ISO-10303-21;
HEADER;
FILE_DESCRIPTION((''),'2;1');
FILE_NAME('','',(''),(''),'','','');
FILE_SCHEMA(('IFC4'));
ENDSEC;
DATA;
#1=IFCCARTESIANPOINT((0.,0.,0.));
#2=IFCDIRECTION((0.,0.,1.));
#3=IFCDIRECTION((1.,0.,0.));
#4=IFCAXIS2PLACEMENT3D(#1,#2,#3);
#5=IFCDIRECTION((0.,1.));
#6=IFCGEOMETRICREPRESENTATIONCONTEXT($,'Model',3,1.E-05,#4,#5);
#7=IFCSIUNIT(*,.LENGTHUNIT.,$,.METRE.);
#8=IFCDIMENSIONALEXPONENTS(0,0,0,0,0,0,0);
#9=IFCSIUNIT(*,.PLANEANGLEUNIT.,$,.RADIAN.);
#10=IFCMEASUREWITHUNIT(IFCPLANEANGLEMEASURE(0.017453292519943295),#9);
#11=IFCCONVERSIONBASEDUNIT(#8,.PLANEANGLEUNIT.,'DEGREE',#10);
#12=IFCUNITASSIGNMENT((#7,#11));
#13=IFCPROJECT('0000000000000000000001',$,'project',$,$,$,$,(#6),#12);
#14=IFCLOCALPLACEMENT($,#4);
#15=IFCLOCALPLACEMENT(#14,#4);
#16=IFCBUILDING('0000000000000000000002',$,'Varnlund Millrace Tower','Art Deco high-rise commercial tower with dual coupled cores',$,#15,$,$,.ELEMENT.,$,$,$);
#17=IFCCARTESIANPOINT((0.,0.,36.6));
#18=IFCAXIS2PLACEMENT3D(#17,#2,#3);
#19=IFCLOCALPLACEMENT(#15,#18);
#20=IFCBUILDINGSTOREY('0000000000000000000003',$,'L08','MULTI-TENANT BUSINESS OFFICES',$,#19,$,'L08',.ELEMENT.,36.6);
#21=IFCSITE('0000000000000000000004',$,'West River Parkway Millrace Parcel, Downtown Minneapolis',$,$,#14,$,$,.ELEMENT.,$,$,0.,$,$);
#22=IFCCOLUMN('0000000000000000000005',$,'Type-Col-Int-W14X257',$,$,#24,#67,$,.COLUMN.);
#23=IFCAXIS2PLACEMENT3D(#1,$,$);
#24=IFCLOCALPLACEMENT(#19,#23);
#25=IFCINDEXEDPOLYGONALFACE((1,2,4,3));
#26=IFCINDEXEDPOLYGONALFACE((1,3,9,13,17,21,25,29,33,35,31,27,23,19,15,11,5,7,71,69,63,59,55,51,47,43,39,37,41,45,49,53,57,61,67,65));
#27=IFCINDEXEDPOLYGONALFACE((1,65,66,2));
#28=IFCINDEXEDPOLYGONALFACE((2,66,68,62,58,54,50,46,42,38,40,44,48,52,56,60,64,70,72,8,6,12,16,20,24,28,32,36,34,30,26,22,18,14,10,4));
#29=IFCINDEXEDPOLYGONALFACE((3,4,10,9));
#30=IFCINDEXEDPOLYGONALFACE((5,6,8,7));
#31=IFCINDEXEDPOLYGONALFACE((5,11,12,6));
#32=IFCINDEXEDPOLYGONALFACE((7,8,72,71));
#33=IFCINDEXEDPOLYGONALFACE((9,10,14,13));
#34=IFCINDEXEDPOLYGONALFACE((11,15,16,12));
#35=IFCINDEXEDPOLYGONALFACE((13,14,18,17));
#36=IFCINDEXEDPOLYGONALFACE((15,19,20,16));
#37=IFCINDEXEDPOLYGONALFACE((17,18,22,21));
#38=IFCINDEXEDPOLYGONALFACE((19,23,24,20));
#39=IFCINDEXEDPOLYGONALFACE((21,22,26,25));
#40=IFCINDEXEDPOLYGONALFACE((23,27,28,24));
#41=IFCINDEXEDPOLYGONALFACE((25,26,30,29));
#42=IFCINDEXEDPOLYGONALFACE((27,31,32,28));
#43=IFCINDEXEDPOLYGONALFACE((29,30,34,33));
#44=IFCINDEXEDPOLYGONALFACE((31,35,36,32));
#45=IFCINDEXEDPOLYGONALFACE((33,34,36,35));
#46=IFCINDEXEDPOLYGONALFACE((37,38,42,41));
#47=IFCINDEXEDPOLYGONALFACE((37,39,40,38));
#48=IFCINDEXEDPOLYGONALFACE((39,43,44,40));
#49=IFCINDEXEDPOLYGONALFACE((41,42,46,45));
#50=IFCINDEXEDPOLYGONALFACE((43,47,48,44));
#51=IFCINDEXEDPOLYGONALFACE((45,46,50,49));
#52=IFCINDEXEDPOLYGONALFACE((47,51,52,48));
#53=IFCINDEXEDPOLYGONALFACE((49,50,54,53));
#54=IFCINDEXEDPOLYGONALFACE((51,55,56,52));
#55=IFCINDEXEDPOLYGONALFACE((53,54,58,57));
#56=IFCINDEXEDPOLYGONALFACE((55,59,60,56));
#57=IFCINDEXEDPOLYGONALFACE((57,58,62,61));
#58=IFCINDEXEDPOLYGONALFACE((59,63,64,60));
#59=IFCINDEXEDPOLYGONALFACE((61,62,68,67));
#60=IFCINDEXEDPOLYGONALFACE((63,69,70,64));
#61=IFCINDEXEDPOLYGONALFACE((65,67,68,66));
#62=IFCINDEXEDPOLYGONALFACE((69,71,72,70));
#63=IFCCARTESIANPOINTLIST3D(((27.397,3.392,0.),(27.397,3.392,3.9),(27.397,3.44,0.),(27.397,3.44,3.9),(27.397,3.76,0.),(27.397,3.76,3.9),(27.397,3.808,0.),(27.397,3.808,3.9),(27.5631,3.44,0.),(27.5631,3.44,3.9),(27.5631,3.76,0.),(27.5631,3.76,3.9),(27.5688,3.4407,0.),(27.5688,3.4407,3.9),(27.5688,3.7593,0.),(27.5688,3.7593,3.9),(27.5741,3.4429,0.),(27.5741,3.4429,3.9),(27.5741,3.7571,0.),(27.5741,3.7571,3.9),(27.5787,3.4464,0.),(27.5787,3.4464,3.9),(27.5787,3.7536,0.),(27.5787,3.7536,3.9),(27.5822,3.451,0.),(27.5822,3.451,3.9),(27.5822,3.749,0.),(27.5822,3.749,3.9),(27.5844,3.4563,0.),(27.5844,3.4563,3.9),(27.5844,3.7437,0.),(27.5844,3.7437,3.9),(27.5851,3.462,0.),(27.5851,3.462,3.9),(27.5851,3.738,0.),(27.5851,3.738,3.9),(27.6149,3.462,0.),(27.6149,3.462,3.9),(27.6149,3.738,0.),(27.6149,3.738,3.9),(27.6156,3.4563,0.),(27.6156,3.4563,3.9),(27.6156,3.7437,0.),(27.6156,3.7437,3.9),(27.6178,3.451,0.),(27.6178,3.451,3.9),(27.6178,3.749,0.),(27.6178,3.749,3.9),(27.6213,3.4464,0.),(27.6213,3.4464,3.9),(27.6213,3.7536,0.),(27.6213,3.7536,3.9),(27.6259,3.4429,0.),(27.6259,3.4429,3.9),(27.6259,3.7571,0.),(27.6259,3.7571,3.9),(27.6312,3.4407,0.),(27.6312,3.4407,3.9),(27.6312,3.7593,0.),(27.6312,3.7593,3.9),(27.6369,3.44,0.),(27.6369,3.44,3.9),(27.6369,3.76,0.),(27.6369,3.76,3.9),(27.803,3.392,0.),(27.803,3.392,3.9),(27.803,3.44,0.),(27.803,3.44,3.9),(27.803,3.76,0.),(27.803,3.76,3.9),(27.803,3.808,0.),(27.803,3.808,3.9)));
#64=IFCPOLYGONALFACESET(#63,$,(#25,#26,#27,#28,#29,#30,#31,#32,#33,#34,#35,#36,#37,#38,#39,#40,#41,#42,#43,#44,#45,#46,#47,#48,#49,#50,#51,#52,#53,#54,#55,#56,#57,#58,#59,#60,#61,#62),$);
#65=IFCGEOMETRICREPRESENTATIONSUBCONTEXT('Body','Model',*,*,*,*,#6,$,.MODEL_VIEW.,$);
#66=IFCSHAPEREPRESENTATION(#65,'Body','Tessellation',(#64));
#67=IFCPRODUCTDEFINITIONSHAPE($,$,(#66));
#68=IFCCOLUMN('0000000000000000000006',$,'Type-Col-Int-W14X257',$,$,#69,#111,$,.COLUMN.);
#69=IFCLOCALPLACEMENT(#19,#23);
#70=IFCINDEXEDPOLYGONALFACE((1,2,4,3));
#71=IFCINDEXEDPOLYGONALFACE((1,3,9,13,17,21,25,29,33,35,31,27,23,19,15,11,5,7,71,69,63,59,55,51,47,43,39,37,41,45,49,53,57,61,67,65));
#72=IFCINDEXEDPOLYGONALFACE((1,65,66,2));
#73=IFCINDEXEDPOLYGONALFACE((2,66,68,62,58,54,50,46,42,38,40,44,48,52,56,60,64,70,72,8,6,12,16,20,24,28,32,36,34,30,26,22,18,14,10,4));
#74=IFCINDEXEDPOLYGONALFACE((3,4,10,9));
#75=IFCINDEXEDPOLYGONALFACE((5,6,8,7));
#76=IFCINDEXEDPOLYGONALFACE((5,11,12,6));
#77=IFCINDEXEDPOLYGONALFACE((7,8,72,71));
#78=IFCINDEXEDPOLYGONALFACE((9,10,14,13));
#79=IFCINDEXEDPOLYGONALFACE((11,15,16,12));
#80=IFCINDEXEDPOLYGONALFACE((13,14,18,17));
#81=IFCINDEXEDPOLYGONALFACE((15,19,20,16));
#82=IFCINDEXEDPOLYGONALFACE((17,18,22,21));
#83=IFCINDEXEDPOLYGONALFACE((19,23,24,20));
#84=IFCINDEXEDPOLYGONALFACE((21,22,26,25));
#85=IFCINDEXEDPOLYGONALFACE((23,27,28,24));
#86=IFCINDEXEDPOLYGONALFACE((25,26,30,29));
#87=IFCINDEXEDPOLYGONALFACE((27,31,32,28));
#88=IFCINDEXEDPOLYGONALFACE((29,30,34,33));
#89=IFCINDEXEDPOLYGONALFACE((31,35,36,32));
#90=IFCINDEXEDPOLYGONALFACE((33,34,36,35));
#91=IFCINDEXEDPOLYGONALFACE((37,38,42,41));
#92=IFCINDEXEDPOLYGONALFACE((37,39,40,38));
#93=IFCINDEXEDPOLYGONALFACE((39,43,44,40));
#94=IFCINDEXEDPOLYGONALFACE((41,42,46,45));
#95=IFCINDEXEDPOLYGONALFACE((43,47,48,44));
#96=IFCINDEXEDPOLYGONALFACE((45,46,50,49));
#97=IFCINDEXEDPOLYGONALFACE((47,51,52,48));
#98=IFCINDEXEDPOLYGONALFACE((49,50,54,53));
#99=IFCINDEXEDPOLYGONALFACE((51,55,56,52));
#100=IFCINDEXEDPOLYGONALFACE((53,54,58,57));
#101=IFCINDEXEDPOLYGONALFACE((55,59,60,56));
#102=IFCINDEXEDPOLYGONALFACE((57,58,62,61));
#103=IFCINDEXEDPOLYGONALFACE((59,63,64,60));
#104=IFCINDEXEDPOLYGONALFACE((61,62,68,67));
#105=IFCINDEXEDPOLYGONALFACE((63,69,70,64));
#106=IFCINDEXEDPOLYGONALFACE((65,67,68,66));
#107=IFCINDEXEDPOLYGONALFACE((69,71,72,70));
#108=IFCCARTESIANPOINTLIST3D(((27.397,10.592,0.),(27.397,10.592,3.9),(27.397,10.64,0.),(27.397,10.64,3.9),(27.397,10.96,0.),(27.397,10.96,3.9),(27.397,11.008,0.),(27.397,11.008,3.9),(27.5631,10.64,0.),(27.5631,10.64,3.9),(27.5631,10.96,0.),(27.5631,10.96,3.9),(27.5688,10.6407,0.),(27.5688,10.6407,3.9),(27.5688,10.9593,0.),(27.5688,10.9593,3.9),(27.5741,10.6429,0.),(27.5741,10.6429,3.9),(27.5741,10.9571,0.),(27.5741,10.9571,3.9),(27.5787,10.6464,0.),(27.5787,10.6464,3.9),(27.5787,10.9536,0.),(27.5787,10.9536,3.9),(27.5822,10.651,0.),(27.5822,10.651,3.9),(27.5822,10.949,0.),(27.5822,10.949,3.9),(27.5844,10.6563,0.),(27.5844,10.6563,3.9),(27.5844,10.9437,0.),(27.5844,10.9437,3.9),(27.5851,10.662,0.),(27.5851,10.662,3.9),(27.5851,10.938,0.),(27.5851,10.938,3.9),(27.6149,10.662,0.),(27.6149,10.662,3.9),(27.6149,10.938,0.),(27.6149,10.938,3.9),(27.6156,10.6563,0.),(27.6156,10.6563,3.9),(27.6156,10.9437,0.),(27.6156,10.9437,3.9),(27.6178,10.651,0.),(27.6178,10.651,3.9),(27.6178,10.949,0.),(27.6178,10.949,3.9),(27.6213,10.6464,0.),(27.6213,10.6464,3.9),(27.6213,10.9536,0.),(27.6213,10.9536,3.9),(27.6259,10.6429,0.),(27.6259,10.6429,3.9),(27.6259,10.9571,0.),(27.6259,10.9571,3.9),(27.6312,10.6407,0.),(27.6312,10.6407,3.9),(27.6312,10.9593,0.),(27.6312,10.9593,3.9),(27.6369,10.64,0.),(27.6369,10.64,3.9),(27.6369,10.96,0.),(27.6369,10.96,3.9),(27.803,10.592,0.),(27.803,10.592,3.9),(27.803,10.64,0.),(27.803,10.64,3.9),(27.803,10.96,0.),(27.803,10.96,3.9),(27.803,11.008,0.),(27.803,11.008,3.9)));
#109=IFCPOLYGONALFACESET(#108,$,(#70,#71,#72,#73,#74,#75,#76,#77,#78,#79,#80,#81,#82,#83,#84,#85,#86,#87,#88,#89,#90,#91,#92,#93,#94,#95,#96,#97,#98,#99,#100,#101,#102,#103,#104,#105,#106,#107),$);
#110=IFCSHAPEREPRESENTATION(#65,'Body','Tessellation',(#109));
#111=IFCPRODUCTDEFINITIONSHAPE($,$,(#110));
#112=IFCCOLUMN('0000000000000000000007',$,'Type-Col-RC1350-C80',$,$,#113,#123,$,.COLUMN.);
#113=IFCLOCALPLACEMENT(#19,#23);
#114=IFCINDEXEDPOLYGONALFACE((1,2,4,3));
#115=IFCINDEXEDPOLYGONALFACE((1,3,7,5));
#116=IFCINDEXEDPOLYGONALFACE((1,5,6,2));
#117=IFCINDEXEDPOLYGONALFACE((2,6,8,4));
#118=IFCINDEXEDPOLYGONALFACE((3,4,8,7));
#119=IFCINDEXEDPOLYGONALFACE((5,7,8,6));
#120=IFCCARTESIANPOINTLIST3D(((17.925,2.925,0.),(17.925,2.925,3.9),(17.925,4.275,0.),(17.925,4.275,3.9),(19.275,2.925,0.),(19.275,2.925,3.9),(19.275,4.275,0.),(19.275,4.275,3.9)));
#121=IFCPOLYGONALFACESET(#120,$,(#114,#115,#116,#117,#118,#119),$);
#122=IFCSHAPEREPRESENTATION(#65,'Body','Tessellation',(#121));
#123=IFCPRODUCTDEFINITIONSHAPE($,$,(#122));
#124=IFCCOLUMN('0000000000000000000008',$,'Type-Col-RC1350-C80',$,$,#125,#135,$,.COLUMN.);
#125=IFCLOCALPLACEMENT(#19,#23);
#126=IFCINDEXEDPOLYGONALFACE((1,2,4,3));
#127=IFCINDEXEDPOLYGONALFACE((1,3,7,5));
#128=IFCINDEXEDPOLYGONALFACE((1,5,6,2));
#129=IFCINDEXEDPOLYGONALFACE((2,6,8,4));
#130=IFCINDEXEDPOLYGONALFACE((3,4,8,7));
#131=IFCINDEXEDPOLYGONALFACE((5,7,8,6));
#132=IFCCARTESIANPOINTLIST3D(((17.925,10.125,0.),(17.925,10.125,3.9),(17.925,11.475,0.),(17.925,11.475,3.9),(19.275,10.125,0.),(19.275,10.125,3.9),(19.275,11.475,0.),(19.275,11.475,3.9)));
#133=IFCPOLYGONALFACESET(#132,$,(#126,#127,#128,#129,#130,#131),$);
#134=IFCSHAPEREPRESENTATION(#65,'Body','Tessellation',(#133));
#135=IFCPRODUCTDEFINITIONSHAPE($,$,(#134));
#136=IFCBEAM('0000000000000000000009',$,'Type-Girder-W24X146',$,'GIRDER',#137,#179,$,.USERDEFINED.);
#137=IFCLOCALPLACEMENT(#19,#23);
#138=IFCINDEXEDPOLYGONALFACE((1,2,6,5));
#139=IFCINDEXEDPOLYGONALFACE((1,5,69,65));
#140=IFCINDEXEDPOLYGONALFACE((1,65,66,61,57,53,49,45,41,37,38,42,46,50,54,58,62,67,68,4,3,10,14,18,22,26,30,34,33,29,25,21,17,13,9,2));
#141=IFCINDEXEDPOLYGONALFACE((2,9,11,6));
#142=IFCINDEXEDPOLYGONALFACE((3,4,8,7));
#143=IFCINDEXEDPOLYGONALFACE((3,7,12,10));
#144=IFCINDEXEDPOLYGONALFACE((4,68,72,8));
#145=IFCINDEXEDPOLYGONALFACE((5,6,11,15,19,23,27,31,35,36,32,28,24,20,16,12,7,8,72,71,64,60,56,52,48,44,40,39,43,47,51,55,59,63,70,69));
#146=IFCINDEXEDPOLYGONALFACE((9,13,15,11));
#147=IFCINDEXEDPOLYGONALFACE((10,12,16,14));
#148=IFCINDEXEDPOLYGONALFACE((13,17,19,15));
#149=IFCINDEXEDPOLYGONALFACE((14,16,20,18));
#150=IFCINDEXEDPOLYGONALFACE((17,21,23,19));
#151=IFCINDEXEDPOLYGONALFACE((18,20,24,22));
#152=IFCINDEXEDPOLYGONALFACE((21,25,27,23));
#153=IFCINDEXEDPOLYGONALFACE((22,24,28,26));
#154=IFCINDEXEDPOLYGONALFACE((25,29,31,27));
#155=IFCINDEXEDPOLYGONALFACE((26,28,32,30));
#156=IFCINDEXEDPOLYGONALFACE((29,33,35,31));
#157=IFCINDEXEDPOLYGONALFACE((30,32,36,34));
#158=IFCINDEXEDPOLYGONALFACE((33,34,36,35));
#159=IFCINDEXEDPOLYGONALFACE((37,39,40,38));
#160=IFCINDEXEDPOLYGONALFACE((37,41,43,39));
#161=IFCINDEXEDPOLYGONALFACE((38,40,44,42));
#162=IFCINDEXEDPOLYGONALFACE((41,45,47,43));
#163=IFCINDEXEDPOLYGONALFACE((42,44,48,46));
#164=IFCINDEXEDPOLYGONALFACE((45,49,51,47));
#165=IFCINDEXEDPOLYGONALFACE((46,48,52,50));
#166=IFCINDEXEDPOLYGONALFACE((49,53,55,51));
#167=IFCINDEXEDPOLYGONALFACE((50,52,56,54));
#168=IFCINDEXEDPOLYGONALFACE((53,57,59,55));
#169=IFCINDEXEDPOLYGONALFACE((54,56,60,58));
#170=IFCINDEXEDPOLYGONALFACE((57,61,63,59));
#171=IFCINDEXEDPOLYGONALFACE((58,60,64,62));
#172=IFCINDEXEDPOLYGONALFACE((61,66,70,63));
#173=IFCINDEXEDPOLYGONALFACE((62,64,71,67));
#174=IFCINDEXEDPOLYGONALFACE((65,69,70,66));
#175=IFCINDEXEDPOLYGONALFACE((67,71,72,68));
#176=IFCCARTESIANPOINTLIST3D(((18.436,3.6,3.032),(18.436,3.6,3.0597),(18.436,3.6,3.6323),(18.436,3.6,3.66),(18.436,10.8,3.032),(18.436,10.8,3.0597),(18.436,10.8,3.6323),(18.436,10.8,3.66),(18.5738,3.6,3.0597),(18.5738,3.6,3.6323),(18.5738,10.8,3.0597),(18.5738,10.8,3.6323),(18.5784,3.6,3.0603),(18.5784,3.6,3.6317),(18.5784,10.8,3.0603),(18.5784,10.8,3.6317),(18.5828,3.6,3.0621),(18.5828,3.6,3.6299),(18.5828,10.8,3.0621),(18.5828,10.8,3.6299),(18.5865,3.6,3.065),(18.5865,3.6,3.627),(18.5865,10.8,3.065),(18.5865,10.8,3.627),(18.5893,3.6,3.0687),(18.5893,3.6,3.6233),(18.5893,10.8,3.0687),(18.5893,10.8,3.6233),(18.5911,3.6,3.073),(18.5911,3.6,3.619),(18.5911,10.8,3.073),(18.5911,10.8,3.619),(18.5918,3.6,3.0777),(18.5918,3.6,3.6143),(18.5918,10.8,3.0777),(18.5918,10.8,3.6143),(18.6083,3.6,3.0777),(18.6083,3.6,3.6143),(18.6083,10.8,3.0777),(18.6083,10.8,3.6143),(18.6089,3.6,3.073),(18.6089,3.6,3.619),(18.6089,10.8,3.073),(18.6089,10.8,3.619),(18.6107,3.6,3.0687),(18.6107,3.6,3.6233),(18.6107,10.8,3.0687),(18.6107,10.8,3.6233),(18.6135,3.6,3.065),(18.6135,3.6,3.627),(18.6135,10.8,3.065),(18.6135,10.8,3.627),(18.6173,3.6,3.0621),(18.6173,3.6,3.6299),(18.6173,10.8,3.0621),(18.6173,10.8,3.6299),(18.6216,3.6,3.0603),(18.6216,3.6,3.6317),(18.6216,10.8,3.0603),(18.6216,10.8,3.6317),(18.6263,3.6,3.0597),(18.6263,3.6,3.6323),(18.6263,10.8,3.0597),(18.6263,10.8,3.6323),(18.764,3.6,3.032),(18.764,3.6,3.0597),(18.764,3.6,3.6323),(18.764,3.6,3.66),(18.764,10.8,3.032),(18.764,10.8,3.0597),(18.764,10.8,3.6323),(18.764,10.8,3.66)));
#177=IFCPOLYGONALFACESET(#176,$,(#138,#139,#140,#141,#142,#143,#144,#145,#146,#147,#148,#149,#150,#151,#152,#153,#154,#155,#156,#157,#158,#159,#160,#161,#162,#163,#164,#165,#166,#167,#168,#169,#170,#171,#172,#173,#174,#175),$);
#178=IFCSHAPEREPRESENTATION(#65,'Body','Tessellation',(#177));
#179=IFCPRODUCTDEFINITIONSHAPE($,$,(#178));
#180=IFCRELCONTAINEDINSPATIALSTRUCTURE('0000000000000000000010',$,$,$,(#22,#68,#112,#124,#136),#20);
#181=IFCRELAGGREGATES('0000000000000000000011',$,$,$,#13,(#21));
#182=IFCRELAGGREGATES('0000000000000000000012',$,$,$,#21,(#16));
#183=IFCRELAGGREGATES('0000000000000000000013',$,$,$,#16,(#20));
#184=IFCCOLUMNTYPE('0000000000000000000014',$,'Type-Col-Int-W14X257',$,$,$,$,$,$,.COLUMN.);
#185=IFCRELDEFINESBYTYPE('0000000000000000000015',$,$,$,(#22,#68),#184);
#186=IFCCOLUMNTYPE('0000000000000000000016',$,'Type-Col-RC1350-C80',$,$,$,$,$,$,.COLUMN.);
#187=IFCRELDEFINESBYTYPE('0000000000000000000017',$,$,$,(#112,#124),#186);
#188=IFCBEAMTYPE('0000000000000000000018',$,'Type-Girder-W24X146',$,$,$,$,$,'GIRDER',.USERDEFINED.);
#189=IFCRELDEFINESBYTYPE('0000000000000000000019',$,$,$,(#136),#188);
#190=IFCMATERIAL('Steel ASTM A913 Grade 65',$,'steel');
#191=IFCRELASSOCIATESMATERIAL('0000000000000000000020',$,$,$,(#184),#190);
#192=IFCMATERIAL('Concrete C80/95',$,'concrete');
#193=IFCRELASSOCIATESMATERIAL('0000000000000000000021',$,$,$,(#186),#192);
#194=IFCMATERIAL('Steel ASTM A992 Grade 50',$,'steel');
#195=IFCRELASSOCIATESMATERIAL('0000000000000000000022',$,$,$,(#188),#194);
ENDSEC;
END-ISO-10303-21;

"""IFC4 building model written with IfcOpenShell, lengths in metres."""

from ifc_helpers import new_model, entity, si_unit, converted_unit, direction, frame, origin_with_axes, origin_2d_with_axis, place, context, subcontext, project, spatial, rectangle, i_section, extrude, material, material_profile, profile_set, type_object, element, save


model = new_model("IFC4")

# Units and contexts
model_context = context("Model", 3, precision=1e-05, world=origin_with_axes(), true_north=direction((0.0, 1.0)))
body_context = subcontext(model_context, "Body", "Model", "MODEL_VIEW")
ifc_project = project(units=[si_unit("LENGTHUNIT", "METRE"), converted_unit("PLANEANGLEUNIT", "DEGREE", entity("IfcPlaneAngleMeasure", 0.017453292519943295), si_unit("PLANEANGLEUNIT", "RADIAN"), dimensions=[0, 0, 0, 0, 0, 0, 0])], contexts=[model_context])

# Site, building, storey
site_placement = place(None, origin_with_axes())
site = spatial("IfcSite", under=ifc_project, at=site_placement, Name="West River Parkway Millrace Parcel, Downtown Minneapolis", CompositionType="ELEMENT", RefElevation=0.0)
building_placement = place(site_placement, origin_with_axes())
building = spatial("IfcBuilding", under=site, at=building_placement, Name="Varnlund Millrace Tower", Description="Art Deco high-rise commercial tower with dual coupled cores", CompositionType="ELEMENT")
storey_placement = place(building_placement, frame((0.0, 0.0, 36.6), z_axis=(0.0, 0.0, 1.0), x_axis=(1.0, 0.0, 0.0)))
storey = spatial("IfcBuildingStorey", under=building, at=storey_placement, Name="L08", Description="MULTI-TENANT BUSINESS OFFICES", LongName="L08", CompositionType="ELEMENT", Elevation=36.6)

# Columns
ifc_material_1 = material(Name="Steel ASTM A913 Grade 65", Category="steel")
ifc_material_profile_1 = material_profile(ifc_material_1, i_section(OverallWidth=0.406, OverallDepth=0.416, WebThickness=0.0298, FlangeThickness=0.048, FilletRadius=0.022, at=origin_2d_with_axis()), Name="Steel ASTM A913 Grade 65")
ifc_profile_set_1 = profile_set([ifc_material_profile_1], Name="Steel ASTM A913 Grade 65")
column_type_1 = type_object("IfcColumnType", Name="Type-Col-Int-W14X257", PredefinedType="COLUMN", material=ifc_profile_set_1)
for number, where, z_axis, x_axis, name in (
    (1, (27.6, 3.6, 0.0), (0.0, 0.0, 1.0), (1.0, 0.0, 0.0), "Type-Col-Int-W14X257"),
    (2, (27.6, 10.8, 0.0), (0.0, 0.0, 1.0), (1.0, 0.0, 0.0), "Type-Col-Int-W14X257"),
):
    element("IfcColumn", number, at=place(storey_placement, frame(where, z_axis=z_axis, x_axis=x_axis)), inside=storey, type_object=column_type_1, Name=name, PredefinedType="COLUMN", context=body_context, shape_type="SweptSolid", body=[
        extrude(i_section(OverallWidth=0.406, OverallDepth=0.416, WebThickness=0.0298, FlangeThickness=0.048, FilletRadius=0.022, at=origin_2d_with_axis()), origin_with_axes(), (0.0, 0.0, 1.0), 3.9),
    ])
ifc_material_2 = material(Name="Concrete C80/95", Category="concrete")
ifc_material_profile_2 = material_profile(ifc_material_2, rectangle(XDim=1.35, YDim=1.35, at=origin_2d_with_axis()), Name="Concrete C80/95")
ifc_profile_set_2 = profile_set([ifc_material_profile_2], Name="Concrete C80/95")
column_type_2 = type_object("IfcColumnType", Name="Type-Col-RC1350-C80", PredefinedType="COLUMN", material=ifc_profile_set_2)
for number, where, z_axis, x_axis, name in (
    (3, (18.6, 3.6, 0.0), (0.0, 0.0, 1.0), (1.0, 0.0, 0.0), "Type-Col-RC1350-C80"),
    (4, (18.6, 10.8, 0.0), (0.0, 0.0, 1.0), (1.0, 0.0, 0.0), "Type-Col-RC1350-C80"),
):
    element("IfcColumn", number, at=place(storey_placement, frame(where, z_axis=z_axis, x_axis=x_axis)), inside=storey, type_object=column_type_2, Name=name, PredefinedType="COLUMN", context=body_context, shape_type="SweptSolid", body=[
        extrude(rectangle(XDim=1.35, YDim=1.35, at=origin_2d_with_axis()), origin_with_axes(), (0.0, 0.0, 1.0), 3.9),
    ])

# Beam
ifc_material_3 = material(Name="Steel ASTM A992 Grade 50", Category="steel")
ifc_material_profile_3 = material_profile(ifc_material_3, i_section(OverallWidth=0.328, OverallDepth=0.628, WebThickness=0.0165, FlangeThickness=0.0277, FilletRadius=0.018, at=origin_2d_with_axis()), Name="Steel ASTM A992 Grade 50")
ifc_profile_set_3 = profile_set([ifc_material_profile_3], Name="Steel ASTM A992 Grade 50")
beam_type_1 = type_object("IfcBeamType", Name="Type-Girder-W24X146", ElementType="GIRDER", PredefinedType="USERDEFINED", material=ifc_profile_set_3)
beam_1_placement = place(storey_placement, frame((18.6, 3.6, 3.346), z_axis=(0.0, 1.0, 0.0), x_axis=(-1.0, 0.0, 0.0)))
element("IfcBeam", 5, at=beam_1_placement, inside=storey, type_object=beam_type_1, Name="Type-Girder-W24X146", ObjectType="GIRDER", PredefinedType="USERDEFINED", context=body_context, shape_type="SweptSolid", body=[
    extrude(i_section(OverallWidth=0.328, OverallDepth=0.628, WebThickness=0.0165, FlangeThickness=0.0277, FilletRadius=0.018, at=origin_2d_with_axis()), origin_with_axes(), (0.0, 0.0, 1.0), 7.2),
])

save(model, "model.ifc")
